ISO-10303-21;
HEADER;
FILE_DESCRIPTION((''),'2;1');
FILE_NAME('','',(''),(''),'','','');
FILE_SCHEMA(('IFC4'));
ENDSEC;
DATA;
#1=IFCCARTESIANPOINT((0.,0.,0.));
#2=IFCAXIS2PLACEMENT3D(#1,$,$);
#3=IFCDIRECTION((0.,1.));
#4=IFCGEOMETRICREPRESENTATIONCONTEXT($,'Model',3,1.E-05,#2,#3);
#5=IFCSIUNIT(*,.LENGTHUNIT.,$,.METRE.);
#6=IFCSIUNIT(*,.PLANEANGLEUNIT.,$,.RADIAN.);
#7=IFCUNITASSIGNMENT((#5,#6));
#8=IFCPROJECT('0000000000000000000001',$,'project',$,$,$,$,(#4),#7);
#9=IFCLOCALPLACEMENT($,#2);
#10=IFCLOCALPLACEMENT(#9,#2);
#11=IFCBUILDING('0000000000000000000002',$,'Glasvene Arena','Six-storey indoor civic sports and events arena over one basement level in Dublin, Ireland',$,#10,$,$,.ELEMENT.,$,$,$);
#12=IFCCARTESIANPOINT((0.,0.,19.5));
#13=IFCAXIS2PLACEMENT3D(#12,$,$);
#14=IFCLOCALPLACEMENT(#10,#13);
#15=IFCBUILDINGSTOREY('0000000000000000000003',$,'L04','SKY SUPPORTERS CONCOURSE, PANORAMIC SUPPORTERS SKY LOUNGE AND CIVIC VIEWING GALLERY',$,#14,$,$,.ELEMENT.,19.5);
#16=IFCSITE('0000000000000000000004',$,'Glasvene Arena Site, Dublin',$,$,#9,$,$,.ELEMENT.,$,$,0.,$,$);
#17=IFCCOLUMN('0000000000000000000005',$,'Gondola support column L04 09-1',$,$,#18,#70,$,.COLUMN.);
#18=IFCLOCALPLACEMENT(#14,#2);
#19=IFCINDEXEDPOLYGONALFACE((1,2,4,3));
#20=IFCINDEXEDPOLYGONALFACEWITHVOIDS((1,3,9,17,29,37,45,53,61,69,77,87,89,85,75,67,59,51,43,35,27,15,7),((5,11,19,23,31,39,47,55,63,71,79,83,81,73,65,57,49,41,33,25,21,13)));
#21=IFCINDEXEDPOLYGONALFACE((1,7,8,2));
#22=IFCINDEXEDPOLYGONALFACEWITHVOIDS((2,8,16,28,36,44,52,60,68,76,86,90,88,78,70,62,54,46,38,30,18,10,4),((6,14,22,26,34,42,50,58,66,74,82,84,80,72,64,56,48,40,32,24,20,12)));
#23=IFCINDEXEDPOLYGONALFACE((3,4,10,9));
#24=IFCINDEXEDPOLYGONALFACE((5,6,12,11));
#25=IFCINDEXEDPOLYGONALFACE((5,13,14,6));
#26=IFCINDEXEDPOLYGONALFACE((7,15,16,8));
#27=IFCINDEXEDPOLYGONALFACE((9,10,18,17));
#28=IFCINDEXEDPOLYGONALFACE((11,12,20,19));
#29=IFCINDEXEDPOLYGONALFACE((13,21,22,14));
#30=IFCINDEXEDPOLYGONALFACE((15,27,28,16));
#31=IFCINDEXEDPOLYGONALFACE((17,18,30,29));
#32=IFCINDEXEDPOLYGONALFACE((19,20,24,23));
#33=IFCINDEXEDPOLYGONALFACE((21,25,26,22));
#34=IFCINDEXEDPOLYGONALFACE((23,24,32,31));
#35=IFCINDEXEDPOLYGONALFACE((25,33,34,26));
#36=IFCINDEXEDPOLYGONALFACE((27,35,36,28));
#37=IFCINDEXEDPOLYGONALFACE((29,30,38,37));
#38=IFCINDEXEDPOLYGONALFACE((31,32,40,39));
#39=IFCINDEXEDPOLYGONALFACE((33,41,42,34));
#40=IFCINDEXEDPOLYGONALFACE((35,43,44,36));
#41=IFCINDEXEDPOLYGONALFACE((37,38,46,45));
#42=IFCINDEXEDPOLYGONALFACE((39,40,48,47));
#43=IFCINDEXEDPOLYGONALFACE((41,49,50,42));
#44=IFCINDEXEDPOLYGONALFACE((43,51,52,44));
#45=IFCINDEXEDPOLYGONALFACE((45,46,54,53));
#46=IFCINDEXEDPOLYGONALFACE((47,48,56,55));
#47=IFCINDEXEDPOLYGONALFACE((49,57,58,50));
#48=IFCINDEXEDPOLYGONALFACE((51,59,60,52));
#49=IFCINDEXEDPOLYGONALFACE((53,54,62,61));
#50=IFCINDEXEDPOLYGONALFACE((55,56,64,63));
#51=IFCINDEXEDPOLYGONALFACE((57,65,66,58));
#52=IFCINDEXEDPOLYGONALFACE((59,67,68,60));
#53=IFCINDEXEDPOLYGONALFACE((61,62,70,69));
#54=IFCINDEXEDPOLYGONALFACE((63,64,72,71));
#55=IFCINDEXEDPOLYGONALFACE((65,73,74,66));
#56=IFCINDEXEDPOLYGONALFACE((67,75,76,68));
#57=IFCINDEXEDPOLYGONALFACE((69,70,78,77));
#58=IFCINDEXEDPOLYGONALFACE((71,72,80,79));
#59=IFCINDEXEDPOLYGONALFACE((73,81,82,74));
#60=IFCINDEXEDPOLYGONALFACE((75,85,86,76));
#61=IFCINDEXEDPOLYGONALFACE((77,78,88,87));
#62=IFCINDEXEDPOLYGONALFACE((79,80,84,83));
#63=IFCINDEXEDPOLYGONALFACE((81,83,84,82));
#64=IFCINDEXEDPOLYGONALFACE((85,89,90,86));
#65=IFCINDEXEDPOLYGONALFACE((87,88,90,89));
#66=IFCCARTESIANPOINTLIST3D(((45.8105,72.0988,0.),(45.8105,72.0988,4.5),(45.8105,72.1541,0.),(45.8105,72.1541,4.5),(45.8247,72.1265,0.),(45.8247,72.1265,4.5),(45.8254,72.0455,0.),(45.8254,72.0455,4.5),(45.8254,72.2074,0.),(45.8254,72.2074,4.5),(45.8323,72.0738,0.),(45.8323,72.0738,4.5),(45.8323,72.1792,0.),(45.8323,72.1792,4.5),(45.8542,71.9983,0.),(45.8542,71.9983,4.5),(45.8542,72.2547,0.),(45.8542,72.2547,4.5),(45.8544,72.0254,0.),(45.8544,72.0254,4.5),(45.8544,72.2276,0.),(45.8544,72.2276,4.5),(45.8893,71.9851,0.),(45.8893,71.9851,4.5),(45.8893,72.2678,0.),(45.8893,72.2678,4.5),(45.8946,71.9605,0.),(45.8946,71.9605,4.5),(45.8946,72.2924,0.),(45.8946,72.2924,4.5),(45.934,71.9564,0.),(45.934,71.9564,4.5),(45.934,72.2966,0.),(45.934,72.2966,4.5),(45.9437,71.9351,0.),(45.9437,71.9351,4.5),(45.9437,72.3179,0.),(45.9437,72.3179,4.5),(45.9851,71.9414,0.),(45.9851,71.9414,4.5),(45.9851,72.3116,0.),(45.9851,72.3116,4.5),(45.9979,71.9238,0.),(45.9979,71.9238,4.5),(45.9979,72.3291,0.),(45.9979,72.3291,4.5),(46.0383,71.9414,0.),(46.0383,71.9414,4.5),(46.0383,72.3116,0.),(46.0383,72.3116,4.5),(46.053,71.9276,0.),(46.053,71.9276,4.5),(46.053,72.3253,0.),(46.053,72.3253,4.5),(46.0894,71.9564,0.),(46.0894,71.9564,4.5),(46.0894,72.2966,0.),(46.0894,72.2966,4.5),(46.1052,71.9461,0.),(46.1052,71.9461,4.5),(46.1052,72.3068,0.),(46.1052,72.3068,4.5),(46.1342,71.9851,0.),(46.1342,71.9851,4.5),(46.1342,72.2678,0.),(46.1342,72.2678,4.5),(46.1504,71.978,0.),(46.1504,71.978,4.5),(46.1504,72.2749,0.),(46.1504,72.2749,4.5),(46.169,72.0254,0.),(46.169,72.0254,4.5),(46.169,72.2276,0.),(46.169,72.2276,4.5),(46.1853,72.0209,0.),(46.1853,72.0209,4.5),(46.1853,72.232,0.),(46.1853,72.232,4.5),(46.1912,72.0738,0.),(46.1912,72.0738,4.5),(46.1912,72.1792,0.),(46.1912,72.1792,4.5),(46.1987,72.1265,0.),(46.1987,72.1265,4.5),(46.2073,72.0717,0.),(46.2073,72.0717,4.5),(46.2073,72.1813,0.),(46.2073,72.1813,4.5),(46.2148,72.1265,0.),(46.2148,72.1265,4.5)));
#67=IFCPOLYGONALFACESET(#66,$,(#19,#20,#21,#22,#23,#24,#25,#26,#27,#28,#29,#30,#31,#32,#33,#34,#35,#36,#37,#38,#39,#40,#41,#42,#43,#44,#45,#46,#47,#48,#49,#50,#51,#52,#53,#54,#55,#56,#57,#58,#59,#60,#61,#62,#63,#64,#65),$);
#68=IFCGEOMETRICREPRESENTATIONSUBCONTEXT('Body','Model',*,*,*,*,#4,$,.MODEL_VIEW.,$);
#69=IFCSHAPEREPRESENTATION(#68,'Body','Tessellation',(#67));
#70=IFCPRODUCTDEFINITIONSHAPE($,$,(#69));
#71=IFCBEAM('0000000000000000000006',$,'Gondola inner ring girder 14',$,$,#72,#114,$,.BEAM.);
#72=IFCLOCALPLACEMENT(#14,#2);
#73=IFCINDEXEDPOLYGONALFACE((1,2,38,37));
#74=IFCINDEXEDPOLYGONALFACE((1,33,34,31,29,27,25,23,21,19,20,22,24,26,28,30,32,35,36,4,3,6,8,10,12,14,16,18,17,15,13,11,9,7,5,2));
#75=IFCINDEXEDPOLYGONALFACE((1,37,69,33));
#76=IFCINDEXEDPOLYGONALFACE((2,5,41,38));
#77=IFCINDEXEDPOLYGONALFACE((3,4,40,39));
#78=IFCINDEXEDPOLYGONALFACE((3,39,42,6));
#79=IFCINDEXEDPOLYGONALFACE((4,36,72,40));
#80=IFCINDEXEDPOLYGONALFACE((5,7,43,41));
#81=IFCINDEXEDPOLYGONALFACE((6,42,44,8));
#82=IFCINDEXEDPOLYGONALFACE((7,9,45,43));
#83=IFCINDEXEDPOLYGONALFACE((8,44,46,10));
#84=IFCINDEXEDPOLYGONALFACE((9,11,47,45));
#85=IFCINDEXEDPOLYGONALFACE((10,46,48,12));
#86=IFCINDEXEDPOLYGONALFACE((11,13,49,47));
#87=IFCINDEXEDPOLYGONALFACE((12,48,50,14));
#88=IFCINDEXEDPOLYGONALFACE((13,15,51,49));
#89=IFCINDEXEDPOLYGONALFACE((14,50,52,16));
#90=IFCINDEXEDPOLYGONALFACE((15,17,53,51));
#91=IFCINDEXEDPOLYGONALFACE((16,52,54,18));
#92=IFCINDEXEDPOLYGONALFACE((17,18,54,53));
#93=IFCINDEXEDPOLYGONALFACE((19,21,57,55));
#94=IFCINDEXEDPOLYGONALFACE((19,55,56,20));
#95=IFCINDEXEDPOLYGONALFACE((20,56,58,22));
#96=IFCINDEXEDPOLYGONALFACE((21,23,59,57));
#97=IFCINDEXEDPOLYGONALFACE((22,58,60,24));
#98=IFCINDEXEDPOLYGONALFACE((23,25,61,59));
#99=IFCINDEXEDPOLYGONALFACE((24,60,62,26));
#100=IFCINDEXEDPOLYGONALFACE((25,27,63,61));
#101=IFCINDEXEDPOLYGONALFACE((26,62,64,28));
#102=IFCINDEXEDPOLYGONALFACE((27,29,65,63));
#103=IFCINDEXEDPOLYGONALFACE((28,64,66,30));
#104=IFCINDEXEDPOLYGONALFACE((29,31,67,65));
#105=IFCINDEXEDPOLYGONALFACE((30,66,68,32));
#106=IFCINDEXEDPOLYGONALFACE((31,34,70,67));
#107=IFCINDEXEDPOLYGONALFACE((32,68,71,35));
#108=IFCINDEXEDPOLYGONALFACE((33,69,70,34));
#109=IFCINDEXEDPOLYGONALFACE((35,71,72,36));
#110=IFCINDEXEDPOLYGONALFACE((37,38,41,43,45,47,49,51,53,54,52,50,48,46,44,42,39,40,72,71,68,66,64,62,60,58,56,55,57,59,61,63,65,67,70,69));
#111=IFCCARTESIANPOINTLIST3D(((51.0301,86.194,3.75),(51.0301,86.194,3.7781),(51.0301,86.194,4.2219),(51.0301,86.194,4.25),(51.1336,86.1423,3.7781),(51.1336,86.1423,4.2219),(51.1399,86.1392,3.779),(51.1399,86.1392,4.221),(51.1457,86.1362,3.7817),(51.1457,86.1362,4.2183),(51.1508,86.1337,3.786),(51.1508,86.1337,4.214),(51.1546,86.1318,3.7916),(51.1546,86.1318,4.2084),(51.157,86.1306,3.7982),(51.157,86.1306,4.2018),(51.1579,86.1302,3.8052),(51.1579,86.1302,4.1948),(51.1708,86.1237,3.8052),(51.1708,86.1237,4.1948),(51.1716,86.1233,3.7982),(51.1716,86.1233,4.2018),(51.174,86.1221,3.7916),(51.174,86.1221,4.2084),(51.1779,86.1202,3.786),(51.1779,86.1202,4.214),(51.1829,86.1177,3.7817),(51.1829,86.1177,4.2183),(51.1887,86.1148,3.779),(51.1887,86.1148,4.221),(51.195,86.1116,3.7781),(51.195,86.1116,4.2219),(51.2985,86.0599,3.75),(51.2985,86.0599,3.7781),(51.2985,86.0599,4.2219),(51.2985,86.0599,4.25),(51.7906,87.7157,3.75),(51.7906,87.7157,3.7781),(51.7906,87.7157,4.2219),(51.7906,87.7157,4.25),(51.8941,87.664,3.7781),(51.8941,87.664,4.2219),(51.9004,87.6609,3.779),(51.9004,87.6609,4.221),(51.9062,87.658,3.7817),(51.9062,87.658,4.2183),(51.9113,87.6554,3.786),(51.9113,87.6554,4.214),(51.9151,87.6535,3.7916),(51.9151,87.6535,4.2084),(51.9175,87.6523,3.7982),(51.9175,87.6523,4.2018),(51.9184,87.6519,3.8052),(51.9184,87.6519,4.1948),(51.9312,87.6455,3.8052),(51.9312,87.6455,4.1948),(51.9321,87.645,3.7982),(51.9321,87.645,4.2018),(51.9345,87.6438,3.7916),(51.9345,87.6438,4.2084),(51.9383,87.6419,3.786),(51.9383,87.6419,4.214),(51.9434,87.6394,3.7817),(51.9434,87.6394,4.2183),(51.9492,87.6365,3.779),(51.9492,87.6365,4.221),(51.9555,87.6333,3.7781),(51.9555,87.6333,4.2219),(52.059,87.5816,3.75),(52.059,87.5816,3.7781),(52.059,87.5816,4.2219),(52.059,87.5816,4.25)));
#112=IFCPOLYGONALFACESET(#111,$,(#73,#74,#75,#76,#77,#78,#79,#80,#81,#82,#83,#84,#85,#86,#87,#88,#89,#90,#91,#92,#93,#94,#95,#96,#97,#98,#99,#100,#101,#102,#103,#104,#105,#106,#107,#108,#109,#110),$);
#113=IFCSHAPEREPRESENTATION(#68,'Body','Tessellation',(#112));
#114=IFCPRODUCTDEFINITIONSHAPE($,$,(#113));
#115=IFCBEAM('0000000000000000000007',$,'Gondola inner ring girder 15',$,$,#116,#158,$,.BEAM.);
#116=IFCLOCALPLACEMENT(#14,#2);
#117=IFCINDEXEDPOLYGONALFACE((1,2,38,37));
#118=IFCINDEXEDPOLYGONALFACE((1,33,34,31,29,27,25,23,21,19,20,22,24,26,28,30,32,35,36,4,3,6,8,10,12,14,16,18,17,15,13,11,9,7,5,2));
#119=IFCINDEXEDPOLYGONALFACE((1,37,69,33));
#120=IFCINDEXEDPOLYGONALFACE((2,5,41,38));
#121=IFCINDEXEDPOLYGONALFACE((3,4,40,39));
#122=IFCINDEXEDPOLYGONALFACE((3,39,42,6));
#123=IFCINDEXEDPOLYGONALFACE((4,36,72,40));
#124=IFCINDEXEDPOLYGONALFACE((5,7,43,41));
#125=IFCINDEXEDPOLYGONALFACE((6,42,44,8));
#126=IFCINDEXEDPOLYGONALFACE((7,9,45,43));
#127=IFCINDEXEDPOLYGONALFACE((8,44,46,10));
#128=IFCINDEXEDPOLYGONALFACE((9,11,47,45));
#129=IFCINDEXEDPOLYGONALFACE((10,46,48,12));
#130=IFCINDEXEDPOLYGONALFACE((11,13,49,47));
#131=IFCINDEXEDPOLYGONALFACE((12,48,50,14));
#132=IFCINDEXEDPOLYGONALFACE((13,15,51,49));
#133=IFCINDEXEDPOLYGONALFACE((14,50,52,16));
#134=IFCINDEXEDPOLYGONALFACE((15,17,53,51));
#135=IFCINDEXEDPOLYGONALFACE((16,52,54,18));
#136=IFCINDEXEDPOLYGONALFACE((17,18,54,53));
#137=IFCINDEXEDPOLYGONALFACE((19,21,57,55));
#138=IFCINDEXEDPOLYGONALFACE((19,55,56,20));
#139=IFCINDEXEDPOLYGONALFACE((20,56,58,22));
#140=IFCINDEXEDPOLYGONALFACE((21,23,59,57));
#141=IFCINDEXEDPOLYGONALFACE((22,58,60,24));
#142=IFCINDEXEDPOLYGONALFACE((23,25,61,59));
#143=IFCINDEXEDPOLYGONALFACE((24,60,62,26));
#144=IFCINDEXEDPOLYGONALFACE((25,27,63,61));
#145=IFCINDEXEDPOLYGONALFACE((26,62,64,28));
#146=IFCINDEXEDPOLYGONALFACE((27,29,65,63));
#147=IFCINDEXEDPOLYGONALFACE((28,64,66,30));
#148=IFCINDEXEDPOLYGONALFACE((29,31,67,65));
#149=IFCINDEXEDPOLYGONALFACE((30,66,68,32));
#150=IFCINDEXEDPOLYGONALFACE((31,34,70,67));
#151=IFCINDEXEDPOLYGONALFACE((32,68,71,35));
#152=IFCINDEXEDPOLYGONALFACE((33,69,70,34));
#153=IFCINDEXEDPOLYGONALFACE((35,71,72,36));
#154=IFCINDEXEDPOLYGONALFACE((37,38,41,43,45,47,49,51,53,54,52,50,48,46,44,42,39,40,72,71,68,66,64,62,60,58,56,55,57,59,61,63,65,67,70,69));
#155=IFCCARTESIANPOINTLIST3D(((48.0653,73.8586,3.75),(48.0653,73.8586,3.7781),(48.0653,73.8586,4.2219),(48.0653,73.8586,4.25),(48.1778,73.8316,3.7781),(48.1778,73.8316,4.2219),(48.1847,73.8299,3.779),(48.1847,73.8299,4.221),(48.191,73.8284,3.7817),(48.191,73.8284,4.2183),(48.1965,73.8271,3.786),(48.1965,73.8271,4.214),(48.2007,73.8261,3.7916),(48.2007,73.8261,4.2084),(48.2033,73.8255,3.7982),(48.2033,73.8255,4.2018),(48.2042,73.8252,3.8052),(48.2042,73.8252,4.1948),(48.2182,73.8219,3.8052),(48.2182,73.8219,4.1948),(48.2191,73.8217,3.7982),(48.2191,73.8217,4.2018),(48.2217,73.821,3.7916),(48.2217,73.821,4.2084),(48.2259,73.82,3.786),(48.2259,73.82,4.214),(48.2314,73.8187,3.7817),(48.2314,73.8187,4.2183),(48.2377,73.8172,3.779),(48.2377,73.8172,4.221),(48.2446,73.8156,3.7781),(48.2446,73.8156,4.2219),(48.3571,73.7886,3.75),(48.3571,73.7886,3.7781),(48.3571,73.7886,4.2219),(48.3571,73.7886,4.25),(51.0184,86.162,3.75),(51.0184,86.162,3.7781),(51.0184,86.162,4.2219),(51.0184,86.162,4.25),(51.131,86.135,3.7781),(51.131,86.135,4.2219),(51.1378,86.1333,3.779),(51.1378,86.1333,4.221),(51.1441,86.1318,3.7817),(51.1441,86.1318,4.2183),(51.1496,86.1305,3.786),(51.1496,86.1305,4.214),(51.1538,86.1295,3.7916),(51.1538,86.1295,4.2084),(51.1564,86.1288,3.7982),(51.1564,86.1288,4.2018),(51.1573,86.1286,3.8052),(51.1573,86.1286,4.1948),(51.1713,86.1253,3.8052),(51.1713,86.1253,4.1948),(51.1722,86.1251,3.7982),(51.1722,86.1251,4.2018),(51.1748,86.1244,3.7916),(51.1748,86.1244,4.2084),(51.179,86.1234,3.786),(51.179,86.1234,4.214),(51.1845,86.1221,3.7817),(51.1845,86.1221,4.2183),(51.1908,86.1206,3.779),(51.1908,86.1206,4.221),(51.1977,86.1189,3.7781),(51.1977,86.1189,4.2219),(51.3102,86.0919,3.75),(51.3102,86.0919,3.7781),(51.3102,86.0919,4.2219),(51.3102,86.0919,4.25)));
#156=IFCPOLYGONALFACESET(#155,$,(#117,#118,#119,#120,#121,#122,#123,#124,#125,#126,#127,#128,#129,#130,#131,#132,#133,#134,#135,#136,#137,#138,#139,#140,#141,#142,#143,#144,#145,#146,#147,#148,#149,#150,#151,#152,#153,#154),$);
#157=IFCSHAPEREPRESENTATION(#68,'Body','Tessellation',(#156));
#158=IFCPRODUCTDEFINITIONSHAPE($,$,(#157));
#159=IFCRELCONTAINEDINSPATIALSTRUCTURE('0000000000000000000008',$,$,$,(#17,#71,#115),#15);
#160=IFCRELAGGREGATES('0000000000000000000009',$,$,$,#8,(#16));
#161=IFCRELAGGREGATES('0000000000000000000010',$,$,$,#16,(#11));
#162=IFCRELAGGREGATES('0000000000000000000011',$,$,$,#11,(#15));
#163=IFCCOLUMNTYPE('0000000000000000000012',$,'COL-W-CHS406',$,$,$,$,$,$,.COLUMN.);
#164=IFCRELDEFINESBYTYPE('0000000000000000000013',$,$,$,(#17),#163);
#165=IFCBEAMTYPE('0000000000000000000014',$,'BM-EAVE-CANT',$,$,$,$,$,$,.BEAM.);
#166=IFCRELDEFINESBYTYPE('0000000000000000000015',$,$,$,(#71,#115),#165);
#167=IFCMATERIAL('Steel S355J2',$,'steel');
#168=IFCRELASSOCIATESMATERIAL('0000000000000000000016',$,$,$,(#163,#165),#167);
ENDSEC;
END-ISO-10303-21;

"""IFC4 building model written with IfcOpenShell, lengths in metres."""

from ifc_helpers import new_model, si_unit, direction, frame, origin, origin_2d, place, context, subcontext, project, spatial, hollow_circle, i_section, extrude, material, material_profile, profile_set, type_object, element, save


model = new_model("IFC4")

# Units and contexts
model_context = context("Model", 3, precision=1e-05, world=origin(), true_north=direction((0.0, 1.0)))
body_context = subcontext(model_context, "Body", "Model", "MODEL_VIEW")
ifc_project = project(units=[si_unit("LENGTHUNIT", "METRE"), si_unit("PLANEANGLEUNIT", "RADIAN")], contexts=[model_context])

# Site, building, storey
site_placement = place(None, origin())
site = spatial("IfcSite", under=ifc_project, at=site_placement, Name="Glasvene Arena Site, Dublin", CompositionType="ELEMENT", RefElevation=0.0)
building_placement = place(site_placement, origin())
building = spatial("IfcBuilding", under=site, at=building_placement, Name="Glasvene Arena", Description="Six-storey indoor civic sports and events arena over one basement level in Dublin, Ireland", CompositionType="ELEMENT")
storey_placement = place(building_placement, frame((0.0, 0.0, 19.5)))
storey = spatial("IfcBuildingStorey", under=building, at=storey_placement, Name="L04", Description="SKY SUPPORTERS CONCOURSE, PANORAMIC SUPPORTERS SKY LOUNGE AND CIVIC VIEWING GALLERY", CompositionType="ELEMENT", Elevation=19.5)

# Column
ifc_material_1 = material(Name="Steel S355J2", Category="steel")
ifc_material_profile_1 = material_profile(ifc_material_1, hollow_circle(Radius=0.2031, WallThickness=0.0161, at=origin_2d()), Name="CHS 406.4x16.0")
ifc_profile_set_1 = profile_set([ifc_material_profile_1], Name="Steel S355J2")
column_type = type_object("IfcColumnType", Name="COL-W-CHS406", PredefinedType="COLUMN", material=ifc_profile_set_1)
for number, where, z_axis, x_axis, name in (
    (1, (46.0117, 72.1265, 0.0), (0.0, 0.0, 1.0), (1.0, 0.0, 0.0), "Gondola support column L04 09-1"),
):
    element("IfcColumn", number, at=place(storey_placement, frame(where, z_axis=z_axis, x_axis=x_axis)), inside=storey, type_object=column_type, Name=name, PredefinedType="COLUMN", context=body_context, shape_type="SweptSolid", body=[
        extrude(hollow_circle(Radius=0.2031, WallThickness=0.0161, at=origin_2d()), origin(), (0.0, 0.0, 1.0), 4.5),
    ])

# Beams
ifc_material_profile_2 = material_profile(ifc_material_1, i_section(OverallWidth=0.3, OverallDepth=0.5, WebThickness=0.0144, FlangeThickness=0.0281, FilletRadius=0.0271, at=origin_2d()), Name="HEB 500")
ifc_profile_set_2 = profile_set([ifc_material_profile_2], Name="Steel S355J2")
beam_type_1 = type_object("IfcBeamType", Name="BM-EAVE-CANT", PredefinedType="BEAM", material=ifc_profile_set_2)
beam_1_placement = place(storey_placement, frame((51.9248, 87.6487, 4.0), z_axis=(-0.447041, -0.894513, 0.0), x_axis=(0.894513, -0.447041, 0.0)))
element("IfcBeam", 2, at=beam_1_placement, inside=storey, type_object=beam_type_1, Name="Gondola inner ring girder 14", PredefinedType="BEAM", context=body_context, shape_type="SweptSolid", body=[
    extrude(i_section(OverallWidth=0.3, OverallDepth=0.5, WebThickness=0.0144, FlangeThickness=0.0281, FilletRadius=0.0271, at=origin_2d()), origin(), (0.0, 0.0, 1.0), 1.7012),
])
beam_2_placement = place(storey_placement, frame((51.1643, 86.127, 4.0), z_axis=(-0.233395, -0.972382, 0.0), x_axis=(0.972382, -0.233395, 0.0)))
element("IfcBeam", 3, at=beam_2_placement, inside=storey, type_object=beam_type_1, Name="Gondola inner ring girder 15", PredefinedType="BEAM", context=body_context, shape_type="SweptSolid", body=[
    extrude(i_section(OverallWidth=0.3, OverallDepth=0.5, WebThickness=0.0144, FlangeThickness=0.0281, FilletRadius=0.0271, at=origin_2d()), origin(), (0.0, 0.0, 1.0), 12.6528),
])

save(model, "model.ifc")
